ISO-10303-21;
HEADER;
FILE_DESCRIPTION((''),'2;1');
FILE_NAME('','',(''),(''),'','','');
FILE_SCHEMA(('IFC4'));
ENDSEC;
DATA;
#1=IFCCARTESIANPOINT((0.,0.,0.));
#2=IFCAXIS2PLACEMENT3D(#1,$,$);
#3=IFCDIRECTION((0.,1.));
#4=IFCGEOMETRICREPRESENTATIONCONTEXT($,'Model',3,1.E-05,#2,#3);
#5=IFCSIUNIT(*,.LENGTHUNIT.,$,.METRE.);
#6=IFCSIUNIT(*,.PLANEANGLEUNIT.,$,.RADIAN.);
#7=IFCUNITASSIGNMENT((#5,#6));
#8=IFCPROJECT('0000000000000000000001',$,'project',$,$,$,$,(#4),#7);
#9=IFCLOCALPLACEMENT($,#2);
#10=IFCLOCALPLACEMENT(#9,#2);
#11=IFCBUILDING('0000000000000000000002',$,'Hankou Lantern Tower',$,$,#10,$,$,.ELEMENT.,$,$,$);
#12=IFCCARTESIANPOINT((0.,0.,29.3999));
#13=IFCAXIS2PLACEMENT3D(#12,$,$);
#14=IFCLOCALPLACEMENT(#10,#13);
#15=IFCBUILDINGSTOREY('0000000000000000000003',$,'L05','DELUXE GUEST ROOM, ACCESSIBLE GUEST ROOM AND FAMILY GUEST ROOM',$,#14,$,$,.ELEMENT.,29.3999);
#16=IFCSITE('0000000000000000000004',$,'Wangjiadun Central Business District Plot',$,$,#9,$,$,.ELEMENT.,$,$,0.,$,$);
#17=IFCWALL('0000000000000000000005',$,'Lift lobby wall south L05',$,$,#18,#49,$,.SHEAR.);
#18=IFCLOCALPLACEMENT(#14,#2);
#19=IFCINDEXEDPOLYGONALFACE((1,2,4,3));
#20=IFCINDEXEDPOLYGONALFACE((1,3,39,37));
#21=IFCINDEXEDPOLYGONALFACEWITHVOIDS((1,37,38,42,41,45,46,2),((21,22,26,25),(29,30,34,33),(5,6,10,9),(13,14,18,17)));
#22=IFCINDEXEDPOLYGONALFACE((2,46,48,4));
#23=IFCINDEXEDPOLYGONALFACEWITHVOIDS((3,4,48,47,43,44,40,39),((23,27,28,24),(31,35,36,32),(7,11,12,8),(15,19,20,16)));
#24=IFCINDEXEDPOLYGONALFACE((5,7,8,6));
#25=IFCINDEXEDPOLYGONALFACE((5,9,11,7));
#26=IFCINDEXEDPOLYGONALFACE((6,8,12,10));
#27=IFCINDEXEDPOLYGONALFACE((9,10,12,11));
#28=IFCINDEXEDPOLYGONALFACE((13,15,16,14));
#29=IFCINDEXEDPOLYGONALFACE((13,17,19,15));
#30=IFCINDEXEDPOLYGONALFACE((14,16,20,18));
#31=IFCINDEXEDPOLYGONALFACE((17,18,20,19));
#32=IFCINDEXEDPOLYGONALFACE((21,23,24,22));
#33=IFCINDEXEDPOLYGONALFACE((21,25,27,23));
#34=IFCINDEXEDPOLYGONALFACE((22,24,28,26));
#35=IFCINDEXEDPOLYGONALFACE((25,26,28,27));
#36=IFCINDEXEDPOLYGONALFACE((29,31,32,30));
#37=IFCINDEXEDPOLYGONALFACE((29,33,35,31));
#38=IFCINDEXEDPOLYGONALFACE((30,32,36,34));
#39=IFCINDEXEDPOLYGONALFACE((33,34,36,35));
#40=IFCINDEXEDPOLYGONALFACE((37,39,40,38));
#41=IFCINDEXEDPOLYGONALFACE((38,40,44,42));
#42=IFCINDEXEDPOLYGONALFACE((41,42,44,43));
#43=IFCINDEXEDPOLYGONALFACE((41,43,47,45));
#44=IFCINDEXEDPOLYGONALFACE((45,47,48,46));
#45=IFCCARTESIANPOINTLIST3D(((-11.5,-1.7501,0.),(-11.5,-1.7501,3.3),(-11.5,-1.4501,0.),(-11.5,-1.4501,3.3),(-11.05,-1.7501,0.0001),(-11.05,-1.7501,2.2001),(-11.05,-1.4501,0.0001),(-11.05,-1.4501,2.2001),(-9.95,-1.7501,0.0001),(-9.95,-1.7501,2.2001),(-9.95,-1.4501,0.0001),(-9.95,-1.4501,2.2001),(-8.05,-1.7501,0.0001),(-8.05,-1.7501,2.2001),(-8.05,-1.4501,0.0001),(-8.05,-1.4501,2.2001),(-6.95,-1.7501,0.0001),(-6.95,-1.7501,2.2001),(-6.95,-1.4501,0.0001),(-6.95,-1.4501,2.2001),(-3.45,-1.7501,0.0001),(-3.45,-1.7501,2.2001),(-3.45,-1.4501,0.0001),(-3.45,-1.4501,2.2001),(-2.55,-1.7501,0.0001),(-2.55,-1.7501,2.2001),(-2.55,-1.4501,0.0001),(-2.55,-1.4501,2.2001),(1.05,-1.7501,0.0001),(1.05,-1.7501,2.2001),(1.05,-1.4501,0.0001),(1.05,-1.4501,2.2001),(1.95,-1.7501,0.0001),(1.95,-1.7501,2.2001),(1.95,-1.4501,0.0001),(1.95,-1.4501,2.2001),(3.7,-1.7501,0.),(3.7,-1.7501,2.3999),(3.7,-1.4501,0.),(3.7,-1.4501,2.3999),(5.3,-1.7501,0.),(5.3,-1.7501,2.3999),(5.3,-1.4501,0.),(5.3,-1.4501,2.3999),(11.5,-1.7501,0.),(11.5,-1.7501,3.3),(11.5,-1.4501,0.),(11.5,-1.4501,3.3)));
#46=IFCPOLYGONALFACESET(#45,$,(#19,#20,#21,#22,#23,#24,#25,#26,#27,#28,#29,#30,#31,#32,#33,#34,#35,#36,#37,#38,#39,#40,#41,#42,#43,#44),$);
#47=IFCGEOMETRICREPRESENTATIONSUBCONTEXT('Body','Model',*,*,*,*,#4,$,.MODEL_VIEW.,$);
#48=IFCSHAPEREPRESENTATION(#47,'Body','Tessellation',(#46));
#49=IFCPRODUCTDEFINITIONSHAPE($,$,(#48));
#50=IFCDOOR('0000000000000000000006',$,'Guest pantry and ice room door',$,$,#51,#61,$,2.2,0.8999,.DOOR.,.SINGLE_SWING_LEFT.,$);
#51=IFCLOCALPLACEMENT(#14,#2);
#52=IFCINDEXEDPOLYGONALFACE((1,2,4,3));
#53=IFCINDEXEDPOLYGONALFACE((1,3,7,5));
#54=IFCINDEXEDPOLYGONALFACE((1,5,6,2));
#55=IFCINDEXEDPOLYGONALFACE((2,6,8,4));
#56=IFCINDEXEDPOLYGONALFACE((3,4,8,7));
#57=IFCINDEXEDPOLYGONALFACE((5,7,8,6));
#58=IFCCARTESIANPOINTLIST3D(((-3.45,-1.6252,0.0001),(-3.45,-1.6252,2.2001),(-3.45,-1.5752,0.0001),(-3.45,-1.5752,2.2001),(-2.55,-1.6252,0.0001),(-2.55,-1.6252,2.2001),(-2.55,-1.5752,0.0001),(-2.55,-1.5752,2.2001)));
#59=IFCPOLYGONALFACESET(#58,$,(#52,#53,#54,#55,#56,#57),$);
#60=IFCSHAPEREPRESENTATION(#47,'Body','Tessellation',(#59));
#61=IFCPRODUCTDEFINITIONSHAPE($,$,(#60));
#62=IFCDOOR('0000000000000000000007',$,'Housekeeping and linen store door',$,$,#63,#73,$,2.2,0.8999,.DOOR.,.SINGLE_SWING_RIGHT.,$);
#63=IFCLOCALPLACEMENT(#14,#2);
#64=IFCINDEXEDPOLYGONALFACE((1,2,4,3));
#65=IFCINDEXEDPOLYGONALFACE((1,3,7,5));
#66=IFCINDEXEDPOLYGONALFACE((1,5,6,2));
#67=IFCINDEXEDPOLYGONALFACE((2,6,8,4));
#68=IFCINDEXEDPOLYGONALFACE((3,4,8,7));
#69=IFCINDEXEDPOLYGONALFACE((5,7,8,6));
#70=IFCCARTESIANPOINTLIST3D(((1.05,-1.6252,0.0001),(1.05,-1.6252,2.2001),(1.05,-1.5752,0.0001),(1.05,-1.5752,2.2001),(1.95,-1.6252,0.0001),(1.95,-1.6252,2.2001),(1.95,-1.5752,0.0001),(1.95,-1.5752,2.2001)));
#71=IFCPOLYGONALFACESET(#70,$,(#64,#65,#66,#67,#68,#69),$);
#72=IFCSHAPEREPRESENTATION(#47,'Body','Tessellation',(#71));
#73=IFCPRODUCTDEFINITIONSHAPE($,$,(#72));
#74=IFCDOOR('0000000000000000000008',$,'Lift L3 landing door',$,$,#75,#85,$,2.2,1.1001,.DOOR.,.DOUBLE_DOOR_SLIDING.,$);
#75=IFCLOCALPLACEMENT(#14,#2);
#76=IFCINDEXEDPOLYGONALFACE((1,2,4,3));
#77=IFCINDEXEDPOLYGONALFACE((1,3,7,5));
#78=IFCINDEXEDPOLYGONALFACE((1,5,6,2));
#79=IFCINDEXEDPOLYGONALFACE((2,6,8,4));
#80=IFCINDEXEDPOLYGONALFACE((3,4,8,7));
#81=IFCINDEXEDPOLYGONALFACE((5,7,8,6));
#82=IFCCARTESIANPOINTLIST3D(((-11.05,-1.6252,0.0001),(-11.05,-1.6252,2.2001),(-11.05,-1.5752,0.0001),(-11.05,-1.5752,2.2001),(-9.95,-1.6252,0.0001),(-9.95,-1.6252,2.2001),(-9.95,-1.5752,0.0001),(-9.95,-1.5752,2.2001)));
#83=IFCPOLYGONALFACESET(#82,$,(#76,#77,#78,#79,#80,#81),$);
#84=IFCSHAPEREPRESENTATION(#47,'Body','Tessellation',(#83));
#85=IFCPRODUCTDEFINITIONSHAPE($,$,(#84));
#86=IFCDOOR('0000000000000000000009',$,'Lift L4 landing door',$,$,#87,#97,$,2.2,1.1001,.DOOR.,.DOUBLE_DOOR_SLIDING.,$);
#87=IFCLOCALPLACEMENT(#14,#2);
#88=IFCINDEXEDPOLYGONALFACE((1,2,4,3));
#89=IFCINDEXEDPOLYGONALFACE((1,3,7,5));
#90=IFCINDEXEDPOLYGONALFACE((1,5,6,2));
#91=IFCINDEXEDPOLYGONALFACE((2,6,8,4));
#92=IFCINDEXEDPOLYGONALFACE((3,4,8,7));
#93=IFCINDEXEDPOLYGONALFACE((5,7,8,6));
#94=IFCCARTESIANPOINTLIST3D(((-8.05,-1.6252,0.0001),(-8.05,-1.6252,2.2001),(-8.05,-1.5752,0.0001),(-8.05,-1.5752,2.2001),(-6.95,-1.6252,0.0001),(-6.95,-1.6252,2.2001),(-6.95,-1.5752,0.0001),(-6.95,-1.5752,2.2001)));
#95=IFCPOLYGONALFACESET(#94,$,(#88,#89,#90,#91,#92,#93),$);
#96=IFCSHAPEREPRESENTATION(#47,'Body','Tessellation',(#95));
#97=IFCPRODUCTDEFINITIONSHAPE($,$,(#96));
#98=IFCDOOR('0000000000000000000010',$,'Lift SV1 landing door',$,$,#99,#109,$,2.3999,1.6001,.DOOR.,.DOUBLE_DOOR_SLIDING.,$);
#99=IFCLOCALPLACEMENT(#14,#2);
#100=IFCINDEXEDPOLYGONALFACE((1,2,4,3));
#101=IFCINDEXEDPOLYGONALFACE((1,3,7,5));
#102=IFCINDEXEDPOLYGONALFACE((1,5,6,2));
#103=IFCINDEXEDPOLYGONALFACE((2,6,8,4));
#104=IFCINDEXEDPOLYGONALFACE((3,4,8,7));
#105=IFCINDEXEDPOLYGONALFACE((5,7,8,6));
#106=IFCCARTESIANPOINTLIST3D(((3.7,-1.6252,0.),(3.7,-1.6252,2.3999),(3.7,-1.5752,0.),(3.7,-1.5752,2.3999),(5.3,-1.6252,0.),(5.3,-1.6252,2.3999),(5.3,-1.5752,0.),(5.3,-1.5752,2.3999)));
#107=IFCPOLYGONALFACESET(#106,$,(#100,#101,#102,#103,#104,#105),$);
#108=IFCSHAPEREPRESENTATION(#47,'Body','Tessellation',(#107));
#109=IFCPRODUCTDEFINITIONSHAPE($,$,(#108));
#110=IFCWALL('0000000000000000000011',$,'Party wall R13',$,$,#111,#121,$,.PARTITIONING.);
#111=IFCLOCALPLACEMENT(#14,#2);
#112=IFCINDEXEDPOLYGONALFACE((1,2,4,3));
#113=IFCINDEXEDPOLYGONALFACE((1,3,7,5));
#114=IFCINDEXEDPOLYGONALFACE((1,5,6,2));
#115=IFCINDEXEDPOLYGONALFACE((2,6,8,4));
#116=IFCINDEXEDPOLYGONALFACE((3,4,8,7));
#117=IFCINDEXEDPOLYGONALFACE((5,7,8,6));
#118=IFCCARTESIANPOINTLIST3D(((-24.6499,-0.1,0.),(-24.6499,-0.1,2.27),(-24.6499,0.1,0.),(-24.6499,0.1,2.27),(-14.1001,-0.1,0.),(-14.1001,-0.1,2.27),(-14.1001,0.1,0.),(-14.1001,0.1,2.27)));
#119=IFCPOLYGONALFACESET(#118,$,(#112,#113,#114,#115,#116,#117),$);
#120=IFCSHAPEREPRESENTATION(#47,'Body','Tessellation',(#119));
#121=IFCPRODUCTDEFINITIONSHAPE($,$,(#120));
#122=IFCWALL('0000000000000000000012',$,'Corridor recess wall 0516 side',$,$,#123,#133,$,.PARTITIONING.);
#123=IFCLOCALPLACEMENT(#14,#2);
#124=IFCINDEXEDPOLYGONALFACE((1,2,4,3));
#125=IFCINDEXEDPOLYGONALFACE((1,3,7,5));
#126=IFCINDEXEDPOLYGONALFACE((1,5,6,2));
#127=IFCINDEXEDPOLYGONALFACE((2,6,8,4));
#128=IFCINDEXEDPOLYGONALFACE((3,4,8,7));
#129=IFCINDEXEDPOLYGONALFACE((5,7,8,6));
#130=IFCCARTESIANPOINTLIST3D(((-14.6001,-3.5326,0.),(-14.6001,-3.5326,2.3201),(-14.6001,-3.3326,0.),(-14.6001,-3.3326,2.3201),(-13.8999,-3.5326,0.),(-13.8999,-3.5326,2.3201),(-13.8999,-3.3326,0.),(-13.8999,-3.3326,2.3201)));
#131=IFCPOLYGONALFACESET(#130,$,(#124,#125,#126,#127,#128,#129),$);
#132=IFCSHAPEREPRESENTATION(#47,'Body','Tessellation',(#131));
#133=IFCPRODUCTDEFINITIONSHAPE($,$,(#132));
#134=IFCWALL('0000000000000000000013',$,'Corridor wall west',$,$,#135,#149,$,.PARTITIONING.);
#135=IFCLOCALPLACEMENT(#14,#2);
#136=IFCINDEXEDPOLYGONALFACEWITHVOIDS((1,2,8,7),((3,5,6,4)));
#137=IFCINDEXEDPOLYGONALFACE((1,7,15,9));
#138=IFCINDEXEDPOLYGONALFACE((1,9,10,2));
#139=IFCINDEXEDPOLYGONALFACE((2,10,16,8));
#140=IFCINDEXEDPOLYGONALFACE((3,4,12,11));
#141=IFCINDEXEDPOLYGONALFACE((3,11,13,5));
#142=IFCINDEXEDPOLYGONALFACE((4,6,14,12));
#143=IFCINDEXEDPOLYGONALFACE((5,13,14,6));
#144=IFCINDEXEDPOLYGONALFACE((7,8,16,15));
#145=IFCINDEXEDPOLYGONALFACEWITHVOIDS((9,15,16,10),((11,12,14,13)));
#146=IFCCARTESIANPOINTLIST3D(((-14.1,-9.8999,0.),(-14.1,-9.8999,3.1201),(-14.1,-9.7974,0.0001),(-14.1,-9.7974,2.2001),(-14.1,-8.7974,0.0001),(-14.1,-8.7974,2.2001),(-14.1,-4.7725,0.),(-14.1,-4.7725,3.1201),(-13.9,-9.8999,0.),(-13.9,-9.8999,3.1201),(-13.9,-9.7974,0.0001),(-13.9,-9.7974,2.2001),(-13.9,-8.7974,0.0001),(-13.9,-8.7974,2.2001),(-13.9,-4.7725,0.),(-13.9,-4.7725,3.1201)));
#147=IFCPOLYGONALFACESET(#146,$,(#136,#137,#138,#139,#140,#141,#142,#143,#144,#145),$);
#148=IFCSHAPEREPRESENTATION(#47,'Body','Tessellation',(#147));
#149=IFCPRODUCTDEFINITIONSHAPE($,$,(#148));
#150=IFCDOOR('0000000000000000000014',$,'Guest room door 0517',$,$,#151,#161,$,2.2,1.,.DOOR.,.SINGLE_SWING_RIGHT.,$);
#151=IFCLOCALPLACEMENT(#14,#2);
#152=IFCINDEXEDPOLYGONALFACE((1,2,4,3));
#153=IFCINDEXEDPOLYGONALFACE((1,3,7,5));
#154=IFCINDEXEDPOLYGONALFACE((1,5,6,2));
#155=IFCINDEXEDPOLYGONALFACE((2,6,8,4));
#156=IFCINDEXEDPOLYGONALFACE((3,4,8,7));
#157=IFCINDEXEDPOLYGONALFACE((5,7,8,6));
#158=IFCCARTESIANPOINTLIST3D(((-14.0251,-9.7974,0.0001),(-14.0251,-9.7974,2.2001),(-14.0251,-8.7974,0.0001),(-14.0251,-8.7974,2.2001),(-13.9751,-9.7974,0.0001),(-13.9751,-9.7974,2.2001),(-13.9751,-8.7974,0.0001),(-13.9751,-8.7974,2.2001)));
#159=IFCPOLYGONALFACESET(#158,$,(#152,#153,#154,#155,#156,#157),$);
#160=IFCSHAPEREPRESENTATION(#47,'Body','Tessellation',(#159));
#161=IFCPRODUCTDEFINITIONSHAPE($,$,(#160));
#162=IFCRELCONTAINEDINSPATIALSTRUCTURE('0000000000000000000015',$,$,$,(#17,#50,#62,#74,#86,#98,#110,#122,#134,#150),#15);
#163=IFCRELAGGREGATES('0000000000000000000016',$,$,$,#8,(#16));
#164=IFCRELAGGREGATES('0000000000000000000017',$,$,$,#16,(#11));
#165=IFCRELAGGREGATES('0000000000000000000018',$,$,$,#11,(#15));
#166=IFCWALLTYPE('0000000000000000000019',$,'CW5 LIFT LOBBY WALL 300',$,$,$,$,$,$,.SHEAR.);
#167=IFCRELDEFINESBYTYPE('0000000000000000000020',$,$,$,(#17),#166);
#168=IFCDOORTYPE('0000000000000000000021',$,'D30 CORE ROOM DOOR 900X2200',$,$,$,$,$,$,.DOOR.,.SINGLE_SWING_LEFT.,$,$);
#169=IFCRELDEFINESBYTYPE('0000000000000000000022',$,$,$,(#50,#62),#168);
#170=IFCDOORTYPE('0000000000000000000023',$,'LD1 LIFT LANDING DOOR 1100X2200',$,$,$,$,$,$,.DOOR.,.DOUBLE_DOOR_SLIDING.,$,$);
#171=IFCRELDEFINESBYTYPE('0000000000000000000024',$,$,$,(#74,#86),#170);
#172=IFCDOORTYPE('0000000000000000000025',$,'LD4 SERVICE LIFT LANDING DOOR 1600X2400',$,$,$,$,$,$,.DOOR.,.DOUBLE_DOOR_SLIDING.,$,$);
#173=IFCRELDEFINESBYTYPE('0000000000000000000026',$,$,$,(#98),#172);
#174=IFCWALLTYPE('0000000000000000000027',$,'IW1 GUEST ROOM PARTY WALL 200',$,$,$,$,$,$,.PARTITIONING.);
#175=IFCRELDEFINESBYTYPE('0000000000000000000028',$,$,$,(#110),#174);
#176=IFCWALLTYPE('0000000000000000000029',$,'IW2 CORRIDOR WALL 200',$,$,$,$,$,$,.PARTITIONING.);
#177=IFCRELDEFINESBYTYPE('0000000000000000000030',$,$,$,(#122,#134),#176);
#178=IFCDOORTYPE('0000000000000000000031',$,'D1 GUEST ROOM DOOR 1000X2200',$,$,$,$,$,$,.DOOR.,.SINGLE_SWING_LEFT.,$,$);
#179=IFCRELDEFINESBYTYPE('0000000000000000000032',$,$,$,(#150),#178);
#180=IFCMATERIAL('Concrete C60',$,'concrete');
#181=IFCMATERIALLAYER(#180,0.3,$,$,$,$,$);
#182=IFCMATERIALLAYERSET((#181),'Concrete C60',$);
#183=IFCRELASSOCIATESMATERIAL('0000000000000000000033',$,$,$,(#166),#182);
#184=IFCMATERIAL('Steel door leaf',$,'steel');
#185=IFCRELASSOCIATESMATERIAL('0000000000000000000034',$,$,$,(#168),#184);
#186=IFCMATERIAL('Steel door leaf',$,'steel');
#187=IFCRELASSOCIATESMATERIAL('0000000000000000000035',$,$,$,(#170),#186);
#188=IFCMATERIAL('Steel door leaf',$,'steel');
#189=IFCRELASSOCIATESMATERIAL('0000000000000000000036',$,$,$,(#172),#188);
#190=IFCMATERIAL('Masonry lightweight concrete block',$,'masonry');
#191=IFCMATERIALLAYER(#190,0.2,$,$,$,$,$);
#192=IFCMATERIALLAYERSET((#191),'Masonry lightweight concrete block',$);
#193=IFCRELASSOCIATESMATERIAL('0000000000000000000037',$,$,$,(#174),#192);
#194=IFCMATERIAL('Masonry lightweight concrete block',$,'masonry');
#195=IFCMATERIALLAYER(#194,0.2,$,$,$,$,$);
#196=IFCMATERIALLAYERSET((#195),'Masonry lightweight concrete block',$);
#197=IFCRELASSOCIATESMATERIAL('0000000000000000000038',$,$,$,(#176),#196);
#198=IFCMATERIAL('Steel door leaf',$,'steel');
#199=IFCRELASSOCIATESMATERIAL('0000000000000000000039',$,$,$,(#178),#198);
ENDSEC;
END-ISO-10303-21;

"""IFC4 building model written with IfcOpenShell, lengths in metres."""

from ifc_helpers import new_model, si_unit, direction, frame, frame_2d, origin, place, context, subcontext, project, spatial, rectangle, extrude, material, layer, layer_set, type_object, element, fill, save


model = new_model("IFC4")

# Units and contexts
model_context = context("Model", 3, precision=1e-05, world=origin(), true_north=direction((0.0, 1.0)))
body_context = subcontext(model_context, "Body", "Model", "MODEL_VIEW")
ifc_project = project(units=[si_unit("LENGTHUNIT", "METRE"), si_unit("PLANEANGLEUNIT", "RADIAN")], contexts=[model_context])

# Site, building, storey
site_placement = place(None, origin())
site = spatial("IfcSite", under=ifc_project, at=site_placement, Name="Wangjiadun Central Business District Plot", CompositionType="ELEMENT", RefElevation=0.0)
building_placement = place(site_placement, origin())
building = spatial("IfcBuilding", under=site, at=building_placement, Name="Hankou Lantern Tower", CompositionType="ELEMENT")
storey_placement = place(building_placement, frame((0.0, 0.0, 29.3999)))
storey = spatial("IfcBuildingStorey", under=building, at=storey_placement, Name="L05", Description="DELUXE GUEST ROOM, ACCESSIBLE GUEST ROOM AND FAMILY GUEST ROOM", CompositionType="ELEMENT", Elevation=29.3999)

# Wall, openings, doors
ifc_material_1 = material(Name="Concrete C60", Category="concrete")
ifc_layer_1 = layer(ifc_material_1, 0.3)
ifc_layer_set_1 = layer_set([ifc_layer_1], Name="Concrete C60")
wall_type_1 = type_object("IfcWallType", Name="CW5 LIFT LOBBY WALL 300", PredefinedType="SHEAR", material=ifc_layer_set_1)
ifc_material_2 = material(Name="Steel door leaf", Category="steel")
door_type_1 = type_object("IfcDoorType", Name="D30 CORE ROOM DOOR 900X2200", OperationType="SINGLE_SWING_LEFT", PredefinedType="DOOR", material=ifc_material_2)
ifc_material_3 = material(Name="Steel door leaf", Category="steel")
door_type_2 = type_object("IfcDoorType", Name="LD1 LIFT LANDING DOOR 1100X2200", OperationType="DOUBLE_DOOR_SLIDING", PredefinedType="DOOR", material=ifc_material_3)
wall_1_placement = place(storey_placement, frame((-11.5, -1.6001, 0.0), z_axis=(0.0, 0.0, 1.0), x_axis=(1.0, 0.0, 0.0)))
wall_1 = element("IfcWall", 1, at=wall_1_placement, inside=storey, type_object=wall_type_1, Name="Lift lobby wall south L05", PredefinedType="SHEAR", context=body_context, shape_type="SweptSolid", body=[
    extrude(rectangle(XDim=23.0, YDim=0.3, at=frame_2d((11.5, 0.0))), origin(), (0.0, 0.0, 1.0), 3.3),
])
opening_1_placement = place(wall_1_placement, frame((0.45, 0.0, 0.0)))
opening_1 = element("IfcOpeningElement", 2, at=opening_1_placement, cuts=wall_1, PredefinedType="OPENING", context=body_context, shape_type="SweptSolid", body=[
    extrude(rectangle(XDim=1.1001, YDim=2.2, at=frame_2d((0.55, 1.1001))), frame((0.0, 0.1599, 0.0), z_axis=(0.0, -1.0, 0.0), x_axis=(1.0, 0.0, 0.0)), (0.0, 0.0, 1.0), 0.3201),
])
opening_2_placement = place(wall_1_placement, frame((3.45, 0.0, 0.0)))
opening_2 = element("IfcOpeningElement", 3, at=opening_2_placement, cuts=wall_1, PredefinedType="OPENING", context=body_context, shape_type="SweptSolid", body=[
    extrude(rectangle(XDim=1.1001, YDim=2.2, at=frame_2d((0.55, 1.1001))), frame((0.0, 0.1599, 0.0), z_axis=(0.0, -1.0, 0.0), x_axis=(1.0, 0.0, 0.0)), (0.0, 0.0, 1.0), 0.3201),
])
opening_3_placement = place(wall_1_placement, frame((15.2, 0.0, 0.0)))
opening_3 = element("IfcOpeningElement", 4, at=opening_3_placement, cuts=wall_1, PredefinedType="OPENING", context=body_context, shape_type="SweptSolid", body=[
    extrude(rectangle(XDim=1.6001, YDim=2.3999, at=frame_2d((0.8, 1.2))), frame((0.0, 0.1599, 0.0), z_axis=(0.0, -1.0, 0.0), x_axis=(1.0, 0.0, 0.0)), (0.0, 0.0, 1.0), 0.3201),
])
opening_4_placement = place(wall_1_placement, frame((8.05, 0.0, 0.0)))
opening_4 = element("IfcOpeningElement", 5, at=opening_4_placement, cuts=wall_1, PredefinedType="OPENING", context=body_context, shape_type="SweptSolid", body=[
    extrude(rectangle(XDim=0.8999, YDim=2.2, at=frame_2d((0.45, 1.1001))), frame((0.0, 0.1599, 0.0), z_axis=(0.0, -1.0, 0.0), x_axis=(1.0, 0.0, 0.0)), (0.0, 0.0, 1.0), 0.3201),
])
opening_5_placement = place(wall_1_placement, frame((12.55, 0.0, 0.0)))
opening_5 = element("IfcOpeningElement", 6, at=opening_5_placement, cuts=wall_1, PredefinedType="OPENING", context=body_context, shape_type="SweptSolid", body=[
    extrude(rectangle(XDim=0.8999, YDim=2.2, at=frame_2d((0.45, 1.1001))), frame((0.0, 0.1599, 0.0), z_axis=(0.0, -1.0, 0.0), x_axis=(1.0, 0.0, 0.0)), (0.0, 0.0, 1.0), 0.3201),
])
door_1_placement = place(opening_4_placement, origin())
door_1 = element("IfcDoor", 7, at=door_1_placement, inside=storey, type_object=door_type_1, Name="Guest pantry and ice room door", OperationType="SINGLE_SWING_LEFT", OverallHeight=2.2, OverallWidth=0.8999, PredefinedType="DOOR", context=body_context, shape_type="SweptSolid", body=[
    extrude(rectangle(XDim=0.8999, YDim=2.2, at=frame_2d((0.45, 1.1001))), frame((0.0, 0.0249, 0.0), z_axis=(0.0, -1.0, 0.0), x_axis=(1.0, 0.0, 0.0)), (0.0, 0.0, 1.0), 0.05),
])
fill(opening_4, door_1)
door_2_placement = place(opening_5_placement, origin())
door_2 = element("IfcDoor", 8, at=door_2_placement, inside=storey, type_object=door_type_1, Name="Housekeeping and linen store door", OperationType="SINGLE_SWING_RIGHT", OverallHeight=2.2, OverallWidth=0.8999, PredefinedType="DOOR", context=body_context, shape_type="SweptSolid", body=[
    extrude(rectangle(XDim=0.8999, YDim=2.2, at=frame_2d((0.45, 1.1001))), frame((0.0, 0.0249, 0.0), z_axis=(0.0, -1.0, 0.0), x_axis=(1.0, 0.0, 0.0)), (0.0, 0.0, 1.0), 0.05),
])
fill(opening_5, door_2)
door_3_placement = place(opening_1_placement, origin())
door_3 = element("IfcDoor", 9, at=door_3_placement, inside=storey, type_object=door_type_2, Name="Lift L3 landing door", OperationType="DOUBLE_DOOR_SLIDING", OverallHeight=2.2, OverallWidth=1.1001, PredefinedType="DOOR", context=body_context, shape_type="SweptSolid", body=[
    extrude(rectangle(XDim=1.1001, YDim=2.2, at=frame_2d((0.55, 1.1001))), frame((0.0, 0.0249, 0.0), z_axis=(0.0, -1.0, 0.0), x_axis=(1.0, 0.0, 0.0)), (0.0, 0.0, 1.0), 0.05),
])
fill(opening_1, door_3)
door_4_placement = place(opening_2_placement, origin())
door_4 = element("IfcDoor", 10, at=door_4_placement, inside=storey, type_object=door_type_2, Name="Lift L4 landing door", OperationType="DOUBLE_DOOR_SLIDING", OverallHeight=2.2, OverallWidth=1.1001, PredefinedType="DOOR", context=body_context, shape_type="SweptSolid", body=[
    extrude(rectangle(XDim=1.1001, YDim=2.2, at=frame_2d((0.55, 1.1001))), frame((0.0, 0.0249, 0.0), z_axis=(0.0, -1.0, 0.0), x_axis=(1.0, 0.0, 0.0)), (0.0, 0.0, 1.0), 0.05),
])
fill(opening_2, door_4)
ifc_material_4 = material(Name="Steel door leaf", Category="steel")
door_type_3 = type_object("IfcDoorType", Name="LD4 SERVICE LIFT LANDING DOOR 1600X2400", OperationType="DOUBLE_DOOR_SLIDING", PredefinedType="DOOR", material=ifc_material_4)
door_5_placement = place(opening_3_placement, origin())
door_5 = element("IfcDoor", 11, at=door_5_placement, inside=storey, type_object=door_type_3, Name="Lift SV1 landing door", OperationType="DOUBLE_DOOR_SLIDING", OverallHeight=2.3999, OverallWidth=1.6001, PredefinedType="DOOR", context=body_context, shape_type="SweptSolid", body=[
    extrude(rectangle(XDim=1.6001, YDim=2.3999, at=frame_2d((0.8, 1.2))), frame((0.0, 0.0249, 0.0), z_axis=(0.0, -1.0, 0.0), x_axis=(1.0, 0.0, 0.0)), (0.0, 0.0, 1.0), 0.05),
])
fill(opening_3, door_5)

# Walls
ifc_material_5 = material(Name="Masonry lightweight concrete block", Category="masonry")
ifc_layer_2 = layer(ifc_material_5, 0.2)
ifc_layer_set_2 = layer_set([ifc_layer_2], Name="Masonry lightweight concrete block")
wall_type_2 = type_object("IfcWallType", Name="IW1 GUEST ROOM PARTY WALL 200", PredefinedType="PARTITIONING", material=ifc_layer_set_2)
wall_2_placement = place(storey_placement, frame((-14.1001, 0.0, 0.0), z_axis=(0.0, 0.0, 1.0), x_axis=(-1.0, 0.0, 0.0)))
element("IfcWall", 12, at=wall_2_placement, inside=storey, type_object=wall_type_2, Name="Party wall R13", PredefinedType="PARTITIONING", context=body_context, shape_type="SweptSolid", body=[
    extrude(rectangle(XDim=10.5498, YDim=0.2, at=frame_2d((5.2749, 0.0))), origin(), (0.0, 0.0, 1.0), 2.27),
])
ifc_material_6 = material(Name="Masonry lightweight concrete block", Category="masonry")
ifc_layer_3 = layer(ifc_material_6, 0.2)
ifc_layer_set_3 = layer_set([ifc_layer_3], Name="Masonry lightweight concrete block")
wall_type_3 = type_object("IfcWallType", Name="IW2 CORRIDOR WALL 200", PredefinedType="PARTITIONING", material=ifc_layer_set_3)
wall_3_placement = place(storey_placement, frame((-13.8999, -3.4326, 0.0), z_axis=(0.0, 0.0, 1.0), x_axis=(-1.0, 0.0, 0.0)))
element("IfcWall", 13, at=wall_3_placement, inside=storey, type_object=wall_type_3, Name="Corridor recess wall 0516 side", PredefinedType="PARTITIONING", context=body_context, shape_type="SweptSolid", body=[
    extrude(rectangle(XDim=0.7002, YDim=0.2, at=frame_2d((0.3501, 0.0))), origin(), (0.0, 0.0, 1.0), 2.3201),
])

# Wall, opening, door
wall_4_placement = place(storey_placement, frame((-14.0, -4.7725, 0.0), z_axis=(0.0, 0.0, 1.0), x_axis=(0.0, -1.0, 0.0)))
wall_4 = element("IfcWall", 14, at=wall_4_placement, inside=storey, type_object=wall_type_3, Name="Corridor wall west", PredefinedType="PARTITIONING", context=body_context, shape_type="SweptSolid", body=[
    extrude(rectangle(XDim=5.1274, YDim=0.2, at=frame_2d((2.5637, 0.0))), origin(), (0.0, 0.0, 1.0), 3.1201),
])
opening_6_placement = place(wall_4_placement, frame((4.0249, 0.0, 0.0)))
opening_6 = element("IfcOpeningElement", 15, at=opening_6_placement, cuts=wall_4, PredefinedType="OPENING", context=body_context, shape_type="SweptSolid", body=[
    extrude(rectangle(XDim=1.0, YDim=2.2, at=frame_2d((0.5, 1.1001))), frame((0.0, 0.1099, 0.0), z_axis=(0.0, -1.0, 0.0), x_axis=(1.0, 0.0, 0.0)), (0.0, 0.0, 1.0), 0.22),
])
ifc_material_7 = material(Name="Steel door leaf", Category="steel")
door_type_4 = type_object("IfcDoorType", Name="D1 GUEST ROOM DOOR 1000X2200", OperationType="SINGLE_SWING_LEFT", PredefinedType="DOOR", material=ifc_material_7)
door_6_placement = place(opening_6_placement, origin())
door_6 = element("IfcDoor", 16, at=door_6_placement, inside=storey, type_object=door_type_4, Name="Guest room door 0517", OperationType="SINGLE_SWING_RIGHT", OverallHeight=2.2, OverallWidth=1.0, PredefinedType="DOOR", context=body_context, shape_type="SweptSolid", body=[
    extrude(rectangle(XDim=1.0, YDim=2.2, at=frame_2d((0.5, 1.1001))), frame((0.0, 0.0249, 0.0), z_axis=(0.0, -1.0, 0.0), x_axis=(1.0, 0.0, 0.0)), (0.0, 0.0, 1.0), 0.05),
])
fill(opening_6, door_6)

save(model, "model.ifc")
